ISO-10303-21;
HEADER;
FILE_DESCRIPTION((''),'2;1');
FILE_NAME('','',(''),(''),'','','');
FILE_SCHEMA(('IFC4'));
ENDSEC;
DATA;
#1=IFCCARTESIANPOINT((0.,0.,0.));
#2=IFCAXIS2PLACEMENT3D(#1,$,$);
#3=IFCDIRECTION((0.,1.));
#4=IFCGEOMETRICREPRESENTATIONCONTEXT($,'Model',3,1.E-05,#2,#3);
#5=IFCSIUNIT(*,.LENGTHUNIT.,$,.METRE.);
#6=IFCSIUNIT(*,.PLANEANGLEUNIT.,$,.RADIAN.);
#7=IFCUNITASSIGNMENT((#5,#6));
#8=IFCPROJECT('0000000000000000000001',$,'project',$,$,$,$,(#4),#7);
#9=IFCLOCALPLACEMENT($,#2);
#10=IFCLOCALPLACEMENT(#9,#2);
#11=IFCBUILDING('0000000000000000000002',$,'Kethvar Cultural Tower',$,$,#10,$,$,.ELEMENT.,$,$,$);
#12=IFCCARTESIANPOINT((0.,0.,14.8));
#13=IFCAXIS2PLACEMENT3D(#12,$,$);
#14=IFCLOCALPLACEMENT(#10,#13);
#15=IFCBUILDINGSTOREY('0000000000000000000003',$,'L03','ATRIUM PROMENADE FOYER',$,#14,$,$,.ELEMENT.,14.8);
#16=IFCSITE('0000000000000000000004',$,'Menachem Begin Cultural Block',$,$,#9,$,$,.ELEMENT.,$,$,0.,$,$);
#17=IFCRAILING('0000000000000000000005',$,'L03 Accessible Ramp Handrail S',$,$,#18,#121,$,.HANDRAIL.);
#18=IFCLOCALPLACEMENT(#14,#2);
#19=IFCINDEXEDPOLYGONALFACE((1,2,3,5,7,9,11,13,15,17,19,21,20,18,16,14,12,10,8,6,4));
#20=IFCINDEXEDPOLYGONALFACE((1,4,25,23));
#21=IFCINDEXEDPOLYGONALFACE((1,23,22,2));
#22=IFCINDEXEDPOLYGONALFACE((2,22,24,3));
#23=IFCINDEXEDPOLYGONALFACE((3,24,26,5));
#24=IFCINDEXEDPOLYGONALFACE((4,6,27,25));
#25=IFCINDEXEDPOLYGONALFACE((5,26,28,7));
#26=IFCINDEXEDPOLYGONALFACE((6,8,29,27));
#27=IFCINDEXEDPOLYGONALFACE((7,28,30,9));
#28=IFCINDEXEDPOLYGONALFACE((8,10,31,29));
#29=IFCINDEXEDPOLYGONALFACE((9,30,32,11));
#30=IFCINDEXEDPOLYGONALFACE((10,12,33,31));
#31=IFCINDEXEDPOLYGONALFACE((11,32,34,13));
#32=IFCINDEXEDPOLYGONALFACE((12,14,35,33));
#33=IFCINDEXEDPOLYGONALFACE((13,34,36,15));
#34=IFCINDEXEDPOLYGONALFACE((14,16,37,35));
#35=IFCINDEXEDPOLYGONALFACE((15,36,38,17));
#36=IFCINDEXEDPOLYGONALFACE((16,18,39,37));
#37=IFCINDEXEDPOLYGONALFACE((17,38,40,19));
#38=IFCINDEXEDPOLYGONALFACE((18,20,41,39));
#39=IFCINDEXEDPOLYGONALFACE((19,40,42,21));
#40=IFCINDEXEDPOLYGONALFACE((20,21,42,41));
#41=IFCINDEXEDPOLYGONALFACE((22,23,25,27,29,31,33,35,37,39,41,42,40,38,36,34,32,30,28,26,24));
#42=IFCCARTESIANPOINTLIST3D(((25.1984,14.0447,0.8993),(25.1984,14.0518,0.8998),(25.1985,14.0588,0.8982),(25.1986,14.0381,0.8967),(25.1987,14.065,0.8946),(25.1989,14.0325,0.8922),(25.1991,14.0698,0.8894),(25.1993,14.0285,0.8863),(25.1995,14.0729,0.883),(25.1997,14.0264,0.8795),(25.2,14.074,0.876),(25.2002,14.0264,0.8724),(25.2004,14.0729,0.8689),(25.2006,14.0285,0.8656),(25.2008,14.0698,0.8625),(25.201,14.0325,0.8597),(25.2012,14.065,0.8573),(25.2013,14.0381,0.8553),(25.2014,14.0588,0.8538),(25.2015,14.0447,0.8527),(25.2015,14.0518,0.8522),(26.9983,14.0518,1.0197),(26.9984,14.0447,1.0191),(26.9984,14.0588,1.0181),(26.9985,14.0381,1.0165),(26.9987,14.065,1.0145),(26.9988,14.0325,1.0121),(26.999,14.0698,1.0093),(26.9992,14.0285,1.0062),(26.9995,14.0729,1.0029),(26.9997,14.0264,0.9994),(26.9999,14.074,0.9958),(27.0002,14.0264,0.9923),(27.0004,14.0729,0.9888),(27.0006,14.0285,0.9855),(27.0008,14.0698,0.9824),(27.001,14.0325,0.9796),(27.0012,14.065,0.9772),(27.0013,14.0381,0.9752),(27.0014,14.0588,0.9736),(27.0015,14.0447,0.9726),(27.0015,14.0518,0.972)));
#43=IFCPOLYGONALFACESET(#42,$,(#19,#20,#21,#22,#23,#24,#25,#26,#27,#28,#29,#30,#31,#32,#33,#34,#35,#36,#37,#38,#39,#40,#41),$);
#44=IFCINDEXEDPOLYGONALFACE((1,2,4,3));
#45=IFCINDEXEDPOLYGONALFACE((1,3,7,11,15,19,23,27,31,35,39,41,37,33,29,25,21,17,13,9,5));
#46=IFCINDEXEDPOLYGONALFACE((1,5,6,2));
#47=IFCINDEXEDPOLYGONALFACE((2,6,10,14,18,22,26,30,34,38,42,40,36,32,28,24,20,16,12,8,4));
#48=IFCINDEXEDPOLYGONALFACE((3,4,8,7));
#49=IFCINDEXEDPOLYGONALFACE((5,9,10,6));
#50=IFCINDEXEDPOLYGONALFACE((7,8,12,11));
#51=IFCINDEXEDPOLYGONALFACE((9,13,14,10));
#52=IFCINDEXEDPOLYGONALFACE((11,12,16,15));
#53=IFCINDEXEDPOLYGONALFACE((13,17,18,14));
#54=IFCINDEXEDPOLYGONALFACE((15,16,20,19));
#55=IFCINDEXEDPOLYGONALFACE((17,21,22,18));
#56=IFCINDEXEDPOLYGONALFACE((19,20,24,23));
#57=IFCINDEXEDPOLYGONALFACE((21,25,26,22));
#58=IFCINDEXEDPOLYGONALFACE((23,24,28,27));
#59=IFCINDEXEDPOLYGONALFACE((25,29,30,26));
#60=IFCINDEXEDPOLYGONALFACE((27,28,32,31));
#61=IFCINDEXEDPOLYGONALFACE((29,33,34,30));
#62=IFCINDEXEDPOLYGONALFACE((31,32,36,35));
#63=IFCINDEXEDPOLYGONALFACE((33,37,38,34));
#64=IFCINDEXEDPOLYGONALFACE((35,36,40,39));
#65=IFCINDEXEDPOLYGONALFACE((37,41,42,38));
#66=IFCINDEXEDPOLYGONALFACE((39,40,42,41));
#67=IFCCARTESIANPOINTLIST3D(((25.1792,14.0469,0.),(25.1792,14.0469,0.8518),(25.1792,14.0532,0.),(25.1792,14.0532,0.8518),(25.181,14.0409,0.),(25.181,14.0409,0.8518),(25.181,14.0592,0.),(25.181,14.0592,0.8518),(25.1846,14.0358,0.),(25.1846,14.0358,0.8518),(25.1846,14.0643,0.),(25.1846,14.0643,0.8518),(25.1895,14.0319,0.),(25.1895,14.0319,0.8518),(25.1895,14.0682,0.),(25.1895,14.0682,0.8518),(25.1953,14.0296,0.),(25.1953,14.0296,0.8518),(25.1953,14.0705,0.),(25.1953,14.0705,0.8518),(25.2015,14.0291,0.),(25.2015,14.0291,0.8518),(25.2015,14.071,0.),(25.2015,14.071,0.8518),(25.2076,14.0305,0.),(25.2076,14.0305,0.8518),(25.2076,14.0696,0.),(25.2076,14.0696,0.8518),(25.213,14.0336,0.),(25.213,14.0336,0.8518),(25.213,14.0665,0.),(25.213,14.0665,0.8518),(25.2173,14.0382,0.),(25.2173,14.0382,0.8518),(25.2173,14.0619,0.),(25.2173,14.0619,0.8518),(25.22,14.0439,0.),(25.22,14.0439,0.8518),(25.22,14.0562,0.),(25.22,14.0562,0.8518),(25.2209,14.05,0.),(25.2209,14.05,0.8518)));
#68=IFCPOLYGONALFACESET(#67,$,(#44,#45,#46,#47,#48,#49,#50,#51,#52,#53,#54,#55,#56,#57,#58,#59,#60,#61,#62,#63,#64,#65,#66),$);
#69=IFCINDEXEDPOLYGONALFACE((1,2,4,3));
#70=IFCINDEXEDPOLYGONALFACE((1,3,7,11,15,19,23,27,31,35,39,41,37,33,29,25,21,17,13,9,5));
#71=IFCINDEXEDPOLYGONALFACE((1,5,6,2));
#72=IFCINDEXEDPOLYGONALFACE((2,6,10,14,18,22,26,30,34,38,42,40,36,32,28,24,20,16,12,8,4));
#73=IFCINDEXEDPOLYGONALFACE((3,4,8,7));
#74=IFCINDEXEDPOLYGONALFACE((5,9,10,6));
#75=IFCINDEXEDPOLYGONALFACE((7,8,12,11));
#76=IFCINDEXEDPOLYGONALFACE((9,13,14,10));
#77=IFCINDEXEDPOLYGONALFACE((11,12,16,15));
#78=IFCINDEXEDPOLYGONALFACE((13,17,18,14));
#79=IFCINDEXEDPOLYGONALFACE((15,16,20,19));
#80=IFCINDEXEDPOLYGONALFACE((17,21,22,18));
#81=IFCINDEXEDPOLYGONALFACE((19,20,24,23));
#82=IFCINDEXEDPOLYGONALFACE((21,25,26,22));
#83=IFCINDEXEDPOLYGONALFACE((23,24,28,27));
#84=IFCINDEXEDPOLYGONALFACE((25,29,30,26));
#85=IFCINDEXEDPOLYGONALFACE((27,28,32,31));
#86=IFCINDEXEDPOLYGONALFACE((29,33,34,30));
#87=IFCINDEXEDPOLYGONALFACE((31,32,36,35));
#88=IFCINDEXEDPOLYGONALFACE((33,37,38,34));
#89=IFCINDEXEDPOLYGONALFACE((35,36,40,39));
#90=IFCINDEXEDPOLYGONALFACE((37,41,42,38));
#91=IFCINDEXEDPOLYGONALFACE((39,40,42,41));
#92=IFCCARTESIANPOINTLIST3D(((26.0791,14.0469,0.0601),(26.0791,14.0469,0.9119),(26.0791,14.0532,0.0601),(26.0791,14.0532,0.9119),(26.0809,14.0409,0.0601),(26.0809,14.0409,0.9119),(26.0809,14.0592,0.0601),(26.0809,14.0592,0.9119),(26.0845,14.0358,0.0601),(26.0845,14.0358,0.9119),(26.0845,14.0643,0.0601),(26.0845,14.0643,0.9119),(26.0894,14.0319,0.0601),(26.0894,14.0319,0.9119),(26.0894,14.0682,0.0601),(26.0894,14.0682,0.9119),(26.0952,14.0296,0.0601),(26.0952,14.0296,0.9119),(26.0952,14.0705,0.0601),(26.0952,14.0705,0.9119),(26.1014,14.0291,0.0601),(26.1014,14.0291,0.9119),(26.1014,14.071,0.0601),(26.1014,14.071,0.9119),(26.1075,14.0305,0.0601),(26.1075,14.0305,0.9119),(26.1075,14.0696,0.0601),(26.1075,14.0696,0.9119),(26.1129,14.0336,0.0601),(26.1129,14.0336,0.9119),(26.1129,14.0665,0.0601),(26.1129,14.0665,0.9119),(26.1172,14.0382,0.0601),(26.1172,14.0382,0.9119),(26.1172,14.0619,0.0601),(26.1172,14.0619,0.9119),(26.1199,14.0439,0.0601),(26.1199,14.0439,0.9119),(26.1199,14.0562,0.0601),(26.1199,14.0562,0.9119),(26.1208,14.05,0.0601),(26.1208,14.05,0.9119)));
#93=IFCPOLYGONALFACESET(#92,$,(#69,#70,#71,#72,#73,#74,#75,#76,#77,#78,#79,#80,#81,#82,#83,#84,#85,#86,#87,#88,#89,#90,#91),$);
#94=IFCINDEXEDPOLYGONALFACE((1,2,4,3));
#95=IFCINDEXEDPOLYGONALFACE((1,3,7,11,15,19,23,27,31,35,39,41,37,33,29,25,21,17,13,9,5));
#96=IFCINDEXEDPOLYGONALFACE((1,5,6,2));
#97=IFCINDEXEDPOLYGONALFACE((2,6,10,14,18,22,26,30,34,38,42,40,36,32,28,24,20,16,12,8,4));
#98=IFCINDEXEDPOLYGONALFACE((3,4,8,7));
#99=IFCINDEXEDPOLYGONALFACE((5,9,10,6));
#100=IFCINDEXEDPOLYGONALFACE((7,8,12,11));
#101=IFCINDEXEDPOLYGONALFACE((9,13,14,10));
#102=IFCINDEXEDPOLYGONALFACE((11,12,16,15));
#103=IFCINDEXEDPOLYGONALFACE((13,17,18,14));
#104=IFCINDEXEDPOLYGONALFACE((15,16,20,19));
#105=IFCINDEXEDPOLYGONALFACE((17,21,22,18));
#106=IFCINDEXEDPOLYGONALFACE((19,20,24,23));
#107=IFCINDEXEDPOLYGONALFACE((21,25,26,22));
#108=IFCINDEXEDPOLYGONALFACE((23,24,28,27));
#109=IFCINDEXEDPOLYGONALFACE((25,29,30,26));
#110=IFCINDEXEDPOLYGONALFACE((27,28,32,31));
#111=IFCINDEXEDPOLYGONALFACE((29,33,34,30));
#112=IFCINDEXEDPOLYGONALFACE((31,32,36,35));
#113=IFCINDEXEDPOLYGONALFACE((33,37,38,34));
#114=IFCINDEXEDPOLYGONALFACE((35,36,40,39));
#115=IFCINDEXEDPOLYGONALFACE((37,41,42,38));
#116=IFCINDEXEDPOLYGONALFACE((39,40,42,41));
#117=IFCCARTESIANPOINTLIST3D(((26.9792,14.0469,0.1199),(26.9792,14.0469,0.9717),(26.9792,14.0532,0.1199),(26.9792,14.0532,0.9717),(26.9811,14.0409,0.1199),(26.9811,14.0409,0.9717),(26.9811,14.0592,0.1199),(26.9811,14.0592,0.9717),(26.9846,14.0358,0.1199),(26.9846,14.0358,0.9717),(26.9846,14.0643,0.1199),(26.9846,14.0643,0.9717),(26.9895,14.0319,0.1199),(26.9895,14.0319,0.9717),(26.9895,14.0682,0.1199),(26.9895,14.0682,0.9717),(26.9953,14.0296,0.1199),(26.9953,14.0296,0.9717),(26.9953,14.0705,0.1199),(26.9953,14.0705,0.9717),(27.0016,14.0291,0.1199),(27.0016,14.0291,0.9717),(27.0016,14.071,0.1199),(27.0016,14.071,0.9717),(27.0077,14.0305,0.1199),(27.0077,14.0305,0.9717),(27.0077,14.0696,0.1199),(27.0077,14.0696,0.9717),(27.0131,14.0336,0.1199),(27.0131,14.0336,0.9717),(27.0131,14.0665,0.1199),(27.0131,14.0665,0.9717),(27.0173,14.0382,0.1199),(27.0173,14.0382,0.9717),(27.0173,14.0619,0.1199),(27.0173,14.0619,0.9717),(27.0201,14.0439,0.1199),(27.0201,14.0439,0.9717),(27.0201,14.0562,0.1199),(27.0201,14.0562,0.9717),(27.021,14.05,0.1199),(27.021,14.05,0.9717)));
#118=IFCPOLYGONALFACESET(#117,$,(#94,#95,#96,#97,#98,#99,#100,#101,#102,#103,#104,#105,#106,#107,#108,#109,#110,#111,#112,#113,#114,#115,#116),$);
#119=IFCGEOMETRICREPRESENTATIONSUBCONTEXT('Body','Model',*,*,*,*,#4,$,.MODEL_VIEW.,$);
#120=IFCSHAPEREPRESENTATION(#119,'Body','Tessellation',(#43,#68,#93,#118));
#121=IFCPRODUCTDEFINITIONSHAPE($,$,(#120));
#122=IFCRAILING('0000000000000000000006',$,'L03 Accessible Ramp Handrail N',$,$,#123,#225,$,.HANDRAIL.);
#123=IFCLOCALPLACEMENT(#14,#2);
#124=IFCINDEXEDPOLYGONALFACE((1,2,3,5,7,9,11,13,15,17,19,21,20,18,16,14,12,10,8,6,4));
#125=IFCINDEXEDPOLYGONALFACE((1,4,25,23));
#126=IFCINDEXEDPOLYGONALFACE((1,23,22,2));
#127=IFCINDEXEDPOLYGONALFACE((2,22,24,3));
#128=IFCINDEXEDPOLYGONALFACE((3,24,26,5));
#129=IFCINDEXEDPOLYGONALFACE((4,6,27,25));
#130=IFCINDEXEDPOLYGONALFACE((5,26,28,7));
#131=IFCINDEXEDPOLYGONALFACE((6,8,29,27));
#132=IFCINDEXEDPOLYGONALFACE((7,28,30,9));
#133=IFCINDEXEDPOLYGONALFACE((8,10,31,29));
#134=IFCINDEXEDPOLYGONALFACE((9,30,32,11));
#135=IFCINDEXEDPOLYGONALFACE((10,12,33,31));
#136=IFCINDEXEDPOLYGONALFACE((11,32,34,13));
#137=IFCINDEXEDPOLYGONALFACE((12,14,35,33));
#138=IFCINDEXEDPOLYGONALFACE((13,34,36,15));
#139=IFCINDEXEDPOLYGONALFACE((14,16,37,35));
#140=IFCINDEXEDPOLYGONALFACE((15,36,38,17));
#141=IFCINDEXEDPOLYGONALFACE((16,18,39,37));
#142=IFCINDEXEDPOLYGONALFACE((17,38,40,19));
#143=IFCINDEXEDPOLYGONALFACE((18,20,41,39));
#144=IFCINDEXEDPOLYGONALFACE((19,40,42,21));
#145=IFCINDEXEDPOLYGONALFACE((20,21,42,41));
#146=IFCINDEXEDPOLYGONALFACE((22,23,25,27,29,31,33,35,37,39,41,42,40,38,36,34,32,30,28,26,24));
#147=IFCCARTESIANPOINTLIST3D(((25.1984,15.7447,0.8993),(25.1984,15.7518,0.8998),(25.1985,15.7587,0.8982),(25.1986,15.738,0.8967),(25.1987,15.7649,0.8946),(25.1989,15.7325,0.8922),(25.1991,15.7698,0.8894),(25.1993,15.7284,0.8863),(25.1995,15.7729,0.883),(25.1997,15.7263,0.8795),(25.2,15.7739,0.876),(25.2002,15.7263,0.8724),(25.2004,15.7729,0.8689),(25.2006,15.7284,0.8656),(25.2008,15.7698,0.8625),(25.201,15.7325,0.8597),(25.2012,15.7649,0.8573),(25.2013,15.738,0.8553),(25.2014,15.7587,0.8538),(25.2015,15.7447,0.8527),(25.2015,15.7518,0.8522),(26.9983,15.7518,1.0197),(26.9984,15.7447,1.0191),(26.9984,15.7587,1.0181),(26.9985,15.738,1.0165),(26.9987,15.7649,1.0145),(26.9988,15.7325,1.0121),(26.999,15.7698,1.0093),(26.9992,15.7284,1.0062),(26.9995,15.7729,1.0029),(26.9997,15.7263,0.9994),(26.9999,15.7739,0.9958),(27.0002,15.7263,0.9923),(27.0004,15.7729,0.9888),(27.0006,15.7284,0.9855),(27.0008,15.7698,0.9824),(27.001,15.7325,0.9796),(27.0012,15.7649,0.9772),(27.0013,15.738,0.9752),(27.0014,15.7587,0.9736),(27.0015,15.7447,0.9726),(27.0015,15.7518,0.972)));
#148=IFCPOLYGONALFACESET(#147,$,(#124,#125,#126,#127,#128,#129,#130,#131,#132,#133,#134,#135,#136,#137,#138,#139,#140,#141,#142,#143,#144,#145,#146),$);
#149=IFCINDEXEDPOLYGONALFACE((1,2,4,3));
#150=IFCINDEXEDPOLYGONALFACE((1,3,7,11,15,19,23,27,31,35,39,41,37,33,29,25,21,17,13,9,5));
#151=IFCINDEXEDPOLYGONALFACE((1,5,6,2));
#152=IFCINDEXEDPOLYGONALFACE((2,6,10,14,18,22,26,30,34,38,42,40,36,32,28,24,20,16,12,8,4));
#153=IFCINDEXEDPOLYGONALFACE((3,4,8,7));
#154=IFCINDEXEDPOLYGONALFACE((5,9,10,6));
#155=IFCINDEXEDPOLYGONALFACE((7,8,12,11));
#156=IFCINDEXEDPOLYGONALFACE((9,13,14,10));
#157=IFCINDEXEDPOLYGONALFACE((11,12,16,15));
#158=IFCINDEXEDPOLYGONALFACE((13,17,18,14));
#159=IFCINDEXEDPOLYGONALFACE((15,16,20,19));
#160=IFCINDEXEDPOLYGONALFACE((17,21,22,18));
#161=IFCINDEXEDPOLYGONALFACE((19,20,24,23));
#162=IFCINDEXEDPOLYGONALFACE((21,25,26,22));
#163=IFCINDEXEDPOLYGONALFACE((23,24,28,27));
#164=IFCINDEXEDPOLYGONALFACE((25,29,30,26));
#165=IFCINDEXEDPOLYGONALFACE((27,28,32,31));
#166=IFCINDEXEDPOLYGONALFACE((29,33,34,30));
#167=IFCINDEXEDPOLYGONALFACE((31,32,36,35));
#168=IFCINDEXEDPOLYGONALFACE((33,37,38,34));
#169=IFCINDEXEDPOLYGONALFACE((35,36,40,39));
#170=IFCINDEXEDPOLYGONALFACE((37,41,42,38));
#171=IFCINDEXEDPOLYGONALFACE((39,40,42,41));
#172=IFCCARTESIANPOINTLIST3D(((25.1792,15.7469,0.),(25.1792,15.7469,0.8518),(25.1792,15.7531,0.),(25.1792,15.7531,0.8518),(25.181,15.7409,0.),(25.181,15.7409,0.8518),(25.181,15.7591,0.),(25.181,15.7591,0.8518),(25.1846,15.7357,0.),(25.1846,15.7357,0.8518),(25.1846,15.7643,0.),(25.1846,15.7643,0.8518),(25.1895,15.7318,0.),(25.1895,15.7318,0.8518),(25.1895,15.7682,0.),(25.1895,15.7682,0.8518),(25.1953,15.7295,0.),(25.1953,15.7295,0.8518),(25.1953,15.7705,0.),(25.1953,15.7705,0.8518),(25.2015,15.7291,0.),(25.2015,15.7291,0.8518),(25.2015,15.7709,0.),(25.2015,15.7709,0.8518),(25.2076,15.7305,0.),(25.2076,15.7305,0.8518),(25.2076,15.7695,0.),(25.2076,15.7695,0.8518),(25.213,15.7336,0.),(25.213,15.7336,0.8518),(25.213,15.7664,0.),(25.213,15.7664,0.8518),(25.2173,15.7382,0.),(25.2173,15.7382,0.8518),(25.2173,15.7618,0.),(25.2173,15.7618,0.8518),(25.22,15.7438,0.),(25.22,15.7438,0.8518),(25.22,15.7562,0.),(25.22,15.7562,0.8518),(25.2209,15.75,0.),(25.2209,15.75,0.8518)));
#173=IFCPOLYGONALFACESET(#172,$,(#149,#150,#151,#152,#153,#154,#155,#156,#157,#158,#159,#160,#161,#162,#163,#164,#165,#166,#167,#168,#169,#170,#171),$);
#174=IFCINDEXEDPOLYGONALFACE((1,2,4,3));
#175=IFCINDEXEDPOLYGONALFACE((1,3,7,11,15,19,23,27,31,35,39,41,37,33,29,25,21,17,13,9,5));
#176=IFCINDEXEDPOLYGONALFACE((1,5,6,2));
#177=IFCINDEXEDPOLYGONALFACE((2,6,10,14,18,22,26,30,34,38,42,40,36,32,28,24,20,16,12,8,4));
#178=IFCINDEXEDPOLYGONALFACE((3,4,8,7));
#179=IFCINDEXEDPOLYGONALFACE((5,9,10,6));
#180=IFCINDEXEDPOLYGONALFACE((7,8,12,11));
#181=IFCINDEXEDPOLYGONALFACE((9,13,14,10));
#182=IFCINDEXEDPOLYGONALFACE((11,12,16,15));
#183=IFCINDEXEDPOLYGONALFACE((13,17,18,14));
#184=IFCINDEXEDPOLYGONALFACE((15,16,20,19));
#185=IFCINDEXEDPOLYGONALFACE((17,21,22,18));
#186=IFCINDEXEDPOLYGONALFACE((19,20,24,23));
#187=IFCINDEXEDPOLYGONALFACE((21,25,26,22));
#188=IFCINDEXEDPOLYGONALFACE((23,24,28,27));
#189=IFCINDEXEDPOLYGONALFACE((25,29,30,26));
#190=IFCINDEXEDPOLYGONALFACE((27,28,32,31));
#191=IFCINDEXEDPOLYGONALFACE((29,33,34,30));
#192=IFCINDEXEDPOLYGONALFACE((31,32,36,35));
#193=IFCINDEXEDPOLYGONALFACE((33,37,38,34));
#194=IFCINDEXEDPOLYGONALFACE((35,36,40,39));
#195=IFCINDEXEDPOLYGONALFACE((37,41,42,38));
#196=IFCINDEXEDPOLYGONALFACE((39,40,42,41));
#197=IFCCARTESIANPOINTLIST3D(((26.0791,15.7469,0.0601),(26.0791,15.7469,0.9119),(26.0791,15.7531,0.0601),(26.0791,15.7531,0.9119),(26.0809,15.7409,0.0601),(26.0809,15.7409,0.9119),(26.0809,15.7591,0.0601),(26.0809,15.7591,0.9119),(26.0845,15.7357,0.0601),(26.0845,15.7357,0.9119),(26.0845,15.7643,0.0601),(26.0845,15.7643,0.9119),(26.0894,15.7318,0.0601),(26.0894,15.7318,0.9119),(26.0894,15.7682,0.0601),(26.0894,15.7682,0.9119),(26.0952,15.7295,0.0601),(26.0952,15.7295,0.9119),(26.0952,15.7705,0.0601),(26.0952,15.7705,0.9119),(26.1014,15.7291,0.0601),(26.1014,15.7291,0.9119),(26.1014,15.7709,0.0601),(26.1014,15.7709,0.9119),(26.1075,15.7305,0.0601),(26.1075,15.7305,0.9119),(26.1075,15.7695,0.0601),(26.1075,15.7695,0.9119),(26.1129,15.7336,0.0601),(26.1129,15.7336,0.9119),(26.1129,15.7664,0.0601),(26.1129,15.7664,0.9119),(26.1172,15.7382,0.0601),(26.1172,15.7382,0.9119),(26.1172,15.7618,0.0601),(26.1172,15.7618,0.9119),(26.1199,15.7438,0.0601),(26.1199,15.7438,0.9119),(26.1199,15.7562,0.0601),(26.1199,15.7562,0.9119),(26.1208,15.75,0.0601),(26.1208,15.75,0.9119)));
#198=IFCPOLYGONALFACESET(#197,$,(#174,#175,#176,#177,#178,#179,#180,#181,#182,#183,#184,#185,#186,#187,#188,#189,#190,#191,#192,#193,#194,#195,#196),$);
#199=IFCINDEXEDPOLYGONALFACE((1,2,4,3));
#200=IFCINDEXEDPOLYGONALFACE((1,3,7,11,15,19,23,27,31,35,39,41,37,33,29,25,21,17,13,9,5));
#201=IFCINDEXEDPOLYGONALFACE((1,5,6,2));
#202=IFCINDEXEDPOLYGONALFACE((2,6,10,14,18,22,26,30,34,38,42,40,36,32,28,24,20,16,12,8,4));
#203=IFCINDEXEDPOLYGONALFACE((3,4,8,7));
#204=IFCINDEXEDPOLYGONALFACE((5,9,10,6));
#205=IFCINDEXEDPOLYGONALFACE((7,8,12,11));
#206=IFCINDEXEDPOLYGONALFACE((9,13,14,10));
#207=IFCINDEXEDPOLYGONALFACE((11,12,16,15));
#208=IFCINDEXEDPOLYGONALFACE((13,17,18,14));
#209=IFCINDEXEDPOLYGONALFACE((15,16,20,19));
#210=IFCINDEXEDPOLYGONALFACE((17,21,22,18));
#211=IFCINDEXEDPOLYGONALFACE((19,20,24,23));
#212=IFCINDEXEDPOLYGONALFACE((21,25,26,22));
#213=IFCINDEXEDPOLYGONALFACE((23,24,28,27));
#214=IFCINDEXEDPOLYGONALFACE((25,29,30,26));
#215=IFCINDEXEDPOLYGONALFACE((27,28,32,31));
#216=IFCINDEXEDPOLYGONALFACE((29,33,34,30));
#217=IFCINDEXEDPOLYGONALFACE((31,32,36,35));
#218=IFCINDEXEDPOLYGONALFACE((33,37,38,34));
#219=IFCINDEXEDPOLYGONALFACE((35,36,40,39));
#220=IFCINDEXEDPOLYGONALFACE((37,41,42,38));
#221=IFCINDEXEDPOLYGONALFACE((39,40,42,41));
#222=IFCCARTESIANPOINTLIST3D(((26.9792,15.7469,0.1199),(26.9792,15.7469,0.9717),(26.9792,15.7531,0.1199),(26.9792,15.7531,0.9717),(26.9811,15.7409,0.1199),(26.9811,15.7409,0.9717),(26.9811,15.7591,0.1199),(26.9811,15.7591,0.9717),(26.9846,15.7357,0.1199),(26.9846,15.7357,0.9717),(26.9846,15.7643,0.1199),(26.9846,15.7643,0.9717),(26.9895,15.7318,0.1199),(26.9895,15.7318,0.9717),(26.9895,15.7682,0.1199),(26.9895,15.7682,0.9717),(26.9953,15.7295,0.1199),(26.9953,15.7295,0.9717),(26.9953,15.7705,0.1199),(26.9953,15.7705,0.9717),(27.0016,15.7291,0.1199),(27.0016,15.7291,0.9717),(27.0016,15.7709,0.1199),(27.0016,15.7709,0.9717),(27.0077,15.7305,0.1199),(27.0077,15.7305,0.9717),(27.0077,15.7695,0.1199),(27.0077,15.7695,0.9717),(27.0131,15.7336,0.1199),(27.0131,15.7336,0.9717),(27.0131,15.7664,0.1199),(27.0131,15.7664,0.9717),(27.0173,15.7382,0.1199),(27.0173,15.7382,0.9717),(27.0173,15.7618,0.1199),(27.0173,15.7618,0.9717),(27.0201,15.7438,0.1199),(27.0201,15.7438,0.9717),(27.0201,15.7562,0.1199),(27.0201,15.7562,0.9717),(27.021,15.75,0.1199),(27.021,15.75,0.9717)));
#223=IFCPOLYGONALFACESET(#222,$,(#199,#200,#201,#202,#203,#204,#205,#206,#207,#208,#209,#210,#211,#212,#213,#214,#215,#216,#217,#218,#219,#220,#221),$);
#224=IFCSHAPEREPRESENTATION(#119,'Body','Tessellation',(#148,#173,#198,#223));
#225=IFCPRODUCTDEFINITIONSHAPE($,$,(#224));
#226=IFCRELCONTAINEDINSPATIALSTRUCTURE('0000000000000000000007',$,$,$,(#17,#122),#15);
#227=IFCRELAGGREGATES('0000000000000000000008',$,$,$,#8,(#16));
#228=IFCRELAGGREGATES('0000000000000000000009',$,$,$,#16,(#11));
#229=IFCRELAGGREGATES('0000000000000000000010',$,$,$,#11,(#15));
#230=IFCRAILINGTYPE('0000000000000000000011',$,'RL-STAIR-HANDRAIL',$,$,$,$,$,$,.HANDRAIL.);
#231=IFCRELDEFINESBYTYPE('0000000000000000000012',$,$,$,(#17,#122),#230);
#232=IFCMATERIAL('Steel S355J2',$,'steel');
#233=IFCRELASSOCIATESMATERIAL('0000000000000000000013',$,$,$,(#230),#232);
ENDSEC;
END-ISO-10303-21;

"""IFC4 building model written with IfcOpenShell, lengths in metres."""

from ifc_helpers import new_model, si_unit, direction, frame, origin, origin_2d, place, context, subcontext, project, spatial, circle, extrude, material, type_object, element, save


model = new_model("IFC4")

# Units and contexts
model_context = context("Model", 3, precision=1e-05, world=origin(), true_north=direction((0.0, 1.0)))
body_context = subcontext(model_context, "Body", "Model", "MODEL_VIEW")
ifc_project = project(units=[si_unit("LENGTHUNIT", "METRE"), si_unit("PLANEANGLEUNIT", "RADIAN")], contexts=[model_context])

# Site, building, storey
site_placement = place(None, origin())
site = spatial("IfcSite", under=ifc_project, at=site_placement, Name="Menachem Begin Cultural Block", CompositionType="ELEMENT", RefElevation=0.0)
building_placement = place(site_placement, origin())
building = spatial("IfcBuilding", under=site, at=building_placement, Name="Kethvar Cultural Tower", CompositionType="ELEMENT")
storey_placement = place(building_placement, frame((0.0, 0.0, 14.8)))
storey = spatial("IfcBuildingStorey", under=building, at=storey_placement, Name="L03", Description="ATRIUM PROMENADE FOYER", CompositionType="ELEMENT", Elevation=14.8)

# Shared definitions
ifc_material_1 = material(Name="Steel S355J2", Category="steel")

# Railings
railing_type_1 = type_object("IfcRailingType", Name="RL-STAIR-HANDRAIL", PredefinedType="HANDRAIL", material=ifc_material_1)
for number, where, name in (
    (1, (25.2, 14.05, 0.0), "L03 Accessible Ramp Handrail S"),
    (2, (25.2, 15.75, 0.0), "L03 Accessible Ramp Handrail N"),
):
    element("IfcRailing", number, at=place(storey_placement, frame(where)), inside=storey, type_object=railing_type_1, Name=name, PredefinedType="HANDRAIL", context=body_context, shape_type="SweptSolid", body=[
        extrude(circle(Radius=0.0239, at=origin_2d()), frame((0.0, 0.0, 0.876), z_axis=(0.99779, 0.0, 0.066447), x_axis=(0.0, 1.0, 0.0)), (0.0, 0.0, 1.0), 1.804),
        extrude(circle(Radius=0.021, at=origin_2d()), origin(), (0.0, 0.0, 1.0), 0.8518),
        extrude(circle(Radius=0.021, at=origin_2d()), frame((0.8999, 0.0, 0.0601)), (0.0, 0.0, 1.0), 0.8518),
        extrude(circle(Radius=0.021, at=origin_2d()), frame((1.8, 0.0, 0.1199)), (0.0, 0.0, 1.0), 0.8518),
    ])

save(model, "model.ifc")
